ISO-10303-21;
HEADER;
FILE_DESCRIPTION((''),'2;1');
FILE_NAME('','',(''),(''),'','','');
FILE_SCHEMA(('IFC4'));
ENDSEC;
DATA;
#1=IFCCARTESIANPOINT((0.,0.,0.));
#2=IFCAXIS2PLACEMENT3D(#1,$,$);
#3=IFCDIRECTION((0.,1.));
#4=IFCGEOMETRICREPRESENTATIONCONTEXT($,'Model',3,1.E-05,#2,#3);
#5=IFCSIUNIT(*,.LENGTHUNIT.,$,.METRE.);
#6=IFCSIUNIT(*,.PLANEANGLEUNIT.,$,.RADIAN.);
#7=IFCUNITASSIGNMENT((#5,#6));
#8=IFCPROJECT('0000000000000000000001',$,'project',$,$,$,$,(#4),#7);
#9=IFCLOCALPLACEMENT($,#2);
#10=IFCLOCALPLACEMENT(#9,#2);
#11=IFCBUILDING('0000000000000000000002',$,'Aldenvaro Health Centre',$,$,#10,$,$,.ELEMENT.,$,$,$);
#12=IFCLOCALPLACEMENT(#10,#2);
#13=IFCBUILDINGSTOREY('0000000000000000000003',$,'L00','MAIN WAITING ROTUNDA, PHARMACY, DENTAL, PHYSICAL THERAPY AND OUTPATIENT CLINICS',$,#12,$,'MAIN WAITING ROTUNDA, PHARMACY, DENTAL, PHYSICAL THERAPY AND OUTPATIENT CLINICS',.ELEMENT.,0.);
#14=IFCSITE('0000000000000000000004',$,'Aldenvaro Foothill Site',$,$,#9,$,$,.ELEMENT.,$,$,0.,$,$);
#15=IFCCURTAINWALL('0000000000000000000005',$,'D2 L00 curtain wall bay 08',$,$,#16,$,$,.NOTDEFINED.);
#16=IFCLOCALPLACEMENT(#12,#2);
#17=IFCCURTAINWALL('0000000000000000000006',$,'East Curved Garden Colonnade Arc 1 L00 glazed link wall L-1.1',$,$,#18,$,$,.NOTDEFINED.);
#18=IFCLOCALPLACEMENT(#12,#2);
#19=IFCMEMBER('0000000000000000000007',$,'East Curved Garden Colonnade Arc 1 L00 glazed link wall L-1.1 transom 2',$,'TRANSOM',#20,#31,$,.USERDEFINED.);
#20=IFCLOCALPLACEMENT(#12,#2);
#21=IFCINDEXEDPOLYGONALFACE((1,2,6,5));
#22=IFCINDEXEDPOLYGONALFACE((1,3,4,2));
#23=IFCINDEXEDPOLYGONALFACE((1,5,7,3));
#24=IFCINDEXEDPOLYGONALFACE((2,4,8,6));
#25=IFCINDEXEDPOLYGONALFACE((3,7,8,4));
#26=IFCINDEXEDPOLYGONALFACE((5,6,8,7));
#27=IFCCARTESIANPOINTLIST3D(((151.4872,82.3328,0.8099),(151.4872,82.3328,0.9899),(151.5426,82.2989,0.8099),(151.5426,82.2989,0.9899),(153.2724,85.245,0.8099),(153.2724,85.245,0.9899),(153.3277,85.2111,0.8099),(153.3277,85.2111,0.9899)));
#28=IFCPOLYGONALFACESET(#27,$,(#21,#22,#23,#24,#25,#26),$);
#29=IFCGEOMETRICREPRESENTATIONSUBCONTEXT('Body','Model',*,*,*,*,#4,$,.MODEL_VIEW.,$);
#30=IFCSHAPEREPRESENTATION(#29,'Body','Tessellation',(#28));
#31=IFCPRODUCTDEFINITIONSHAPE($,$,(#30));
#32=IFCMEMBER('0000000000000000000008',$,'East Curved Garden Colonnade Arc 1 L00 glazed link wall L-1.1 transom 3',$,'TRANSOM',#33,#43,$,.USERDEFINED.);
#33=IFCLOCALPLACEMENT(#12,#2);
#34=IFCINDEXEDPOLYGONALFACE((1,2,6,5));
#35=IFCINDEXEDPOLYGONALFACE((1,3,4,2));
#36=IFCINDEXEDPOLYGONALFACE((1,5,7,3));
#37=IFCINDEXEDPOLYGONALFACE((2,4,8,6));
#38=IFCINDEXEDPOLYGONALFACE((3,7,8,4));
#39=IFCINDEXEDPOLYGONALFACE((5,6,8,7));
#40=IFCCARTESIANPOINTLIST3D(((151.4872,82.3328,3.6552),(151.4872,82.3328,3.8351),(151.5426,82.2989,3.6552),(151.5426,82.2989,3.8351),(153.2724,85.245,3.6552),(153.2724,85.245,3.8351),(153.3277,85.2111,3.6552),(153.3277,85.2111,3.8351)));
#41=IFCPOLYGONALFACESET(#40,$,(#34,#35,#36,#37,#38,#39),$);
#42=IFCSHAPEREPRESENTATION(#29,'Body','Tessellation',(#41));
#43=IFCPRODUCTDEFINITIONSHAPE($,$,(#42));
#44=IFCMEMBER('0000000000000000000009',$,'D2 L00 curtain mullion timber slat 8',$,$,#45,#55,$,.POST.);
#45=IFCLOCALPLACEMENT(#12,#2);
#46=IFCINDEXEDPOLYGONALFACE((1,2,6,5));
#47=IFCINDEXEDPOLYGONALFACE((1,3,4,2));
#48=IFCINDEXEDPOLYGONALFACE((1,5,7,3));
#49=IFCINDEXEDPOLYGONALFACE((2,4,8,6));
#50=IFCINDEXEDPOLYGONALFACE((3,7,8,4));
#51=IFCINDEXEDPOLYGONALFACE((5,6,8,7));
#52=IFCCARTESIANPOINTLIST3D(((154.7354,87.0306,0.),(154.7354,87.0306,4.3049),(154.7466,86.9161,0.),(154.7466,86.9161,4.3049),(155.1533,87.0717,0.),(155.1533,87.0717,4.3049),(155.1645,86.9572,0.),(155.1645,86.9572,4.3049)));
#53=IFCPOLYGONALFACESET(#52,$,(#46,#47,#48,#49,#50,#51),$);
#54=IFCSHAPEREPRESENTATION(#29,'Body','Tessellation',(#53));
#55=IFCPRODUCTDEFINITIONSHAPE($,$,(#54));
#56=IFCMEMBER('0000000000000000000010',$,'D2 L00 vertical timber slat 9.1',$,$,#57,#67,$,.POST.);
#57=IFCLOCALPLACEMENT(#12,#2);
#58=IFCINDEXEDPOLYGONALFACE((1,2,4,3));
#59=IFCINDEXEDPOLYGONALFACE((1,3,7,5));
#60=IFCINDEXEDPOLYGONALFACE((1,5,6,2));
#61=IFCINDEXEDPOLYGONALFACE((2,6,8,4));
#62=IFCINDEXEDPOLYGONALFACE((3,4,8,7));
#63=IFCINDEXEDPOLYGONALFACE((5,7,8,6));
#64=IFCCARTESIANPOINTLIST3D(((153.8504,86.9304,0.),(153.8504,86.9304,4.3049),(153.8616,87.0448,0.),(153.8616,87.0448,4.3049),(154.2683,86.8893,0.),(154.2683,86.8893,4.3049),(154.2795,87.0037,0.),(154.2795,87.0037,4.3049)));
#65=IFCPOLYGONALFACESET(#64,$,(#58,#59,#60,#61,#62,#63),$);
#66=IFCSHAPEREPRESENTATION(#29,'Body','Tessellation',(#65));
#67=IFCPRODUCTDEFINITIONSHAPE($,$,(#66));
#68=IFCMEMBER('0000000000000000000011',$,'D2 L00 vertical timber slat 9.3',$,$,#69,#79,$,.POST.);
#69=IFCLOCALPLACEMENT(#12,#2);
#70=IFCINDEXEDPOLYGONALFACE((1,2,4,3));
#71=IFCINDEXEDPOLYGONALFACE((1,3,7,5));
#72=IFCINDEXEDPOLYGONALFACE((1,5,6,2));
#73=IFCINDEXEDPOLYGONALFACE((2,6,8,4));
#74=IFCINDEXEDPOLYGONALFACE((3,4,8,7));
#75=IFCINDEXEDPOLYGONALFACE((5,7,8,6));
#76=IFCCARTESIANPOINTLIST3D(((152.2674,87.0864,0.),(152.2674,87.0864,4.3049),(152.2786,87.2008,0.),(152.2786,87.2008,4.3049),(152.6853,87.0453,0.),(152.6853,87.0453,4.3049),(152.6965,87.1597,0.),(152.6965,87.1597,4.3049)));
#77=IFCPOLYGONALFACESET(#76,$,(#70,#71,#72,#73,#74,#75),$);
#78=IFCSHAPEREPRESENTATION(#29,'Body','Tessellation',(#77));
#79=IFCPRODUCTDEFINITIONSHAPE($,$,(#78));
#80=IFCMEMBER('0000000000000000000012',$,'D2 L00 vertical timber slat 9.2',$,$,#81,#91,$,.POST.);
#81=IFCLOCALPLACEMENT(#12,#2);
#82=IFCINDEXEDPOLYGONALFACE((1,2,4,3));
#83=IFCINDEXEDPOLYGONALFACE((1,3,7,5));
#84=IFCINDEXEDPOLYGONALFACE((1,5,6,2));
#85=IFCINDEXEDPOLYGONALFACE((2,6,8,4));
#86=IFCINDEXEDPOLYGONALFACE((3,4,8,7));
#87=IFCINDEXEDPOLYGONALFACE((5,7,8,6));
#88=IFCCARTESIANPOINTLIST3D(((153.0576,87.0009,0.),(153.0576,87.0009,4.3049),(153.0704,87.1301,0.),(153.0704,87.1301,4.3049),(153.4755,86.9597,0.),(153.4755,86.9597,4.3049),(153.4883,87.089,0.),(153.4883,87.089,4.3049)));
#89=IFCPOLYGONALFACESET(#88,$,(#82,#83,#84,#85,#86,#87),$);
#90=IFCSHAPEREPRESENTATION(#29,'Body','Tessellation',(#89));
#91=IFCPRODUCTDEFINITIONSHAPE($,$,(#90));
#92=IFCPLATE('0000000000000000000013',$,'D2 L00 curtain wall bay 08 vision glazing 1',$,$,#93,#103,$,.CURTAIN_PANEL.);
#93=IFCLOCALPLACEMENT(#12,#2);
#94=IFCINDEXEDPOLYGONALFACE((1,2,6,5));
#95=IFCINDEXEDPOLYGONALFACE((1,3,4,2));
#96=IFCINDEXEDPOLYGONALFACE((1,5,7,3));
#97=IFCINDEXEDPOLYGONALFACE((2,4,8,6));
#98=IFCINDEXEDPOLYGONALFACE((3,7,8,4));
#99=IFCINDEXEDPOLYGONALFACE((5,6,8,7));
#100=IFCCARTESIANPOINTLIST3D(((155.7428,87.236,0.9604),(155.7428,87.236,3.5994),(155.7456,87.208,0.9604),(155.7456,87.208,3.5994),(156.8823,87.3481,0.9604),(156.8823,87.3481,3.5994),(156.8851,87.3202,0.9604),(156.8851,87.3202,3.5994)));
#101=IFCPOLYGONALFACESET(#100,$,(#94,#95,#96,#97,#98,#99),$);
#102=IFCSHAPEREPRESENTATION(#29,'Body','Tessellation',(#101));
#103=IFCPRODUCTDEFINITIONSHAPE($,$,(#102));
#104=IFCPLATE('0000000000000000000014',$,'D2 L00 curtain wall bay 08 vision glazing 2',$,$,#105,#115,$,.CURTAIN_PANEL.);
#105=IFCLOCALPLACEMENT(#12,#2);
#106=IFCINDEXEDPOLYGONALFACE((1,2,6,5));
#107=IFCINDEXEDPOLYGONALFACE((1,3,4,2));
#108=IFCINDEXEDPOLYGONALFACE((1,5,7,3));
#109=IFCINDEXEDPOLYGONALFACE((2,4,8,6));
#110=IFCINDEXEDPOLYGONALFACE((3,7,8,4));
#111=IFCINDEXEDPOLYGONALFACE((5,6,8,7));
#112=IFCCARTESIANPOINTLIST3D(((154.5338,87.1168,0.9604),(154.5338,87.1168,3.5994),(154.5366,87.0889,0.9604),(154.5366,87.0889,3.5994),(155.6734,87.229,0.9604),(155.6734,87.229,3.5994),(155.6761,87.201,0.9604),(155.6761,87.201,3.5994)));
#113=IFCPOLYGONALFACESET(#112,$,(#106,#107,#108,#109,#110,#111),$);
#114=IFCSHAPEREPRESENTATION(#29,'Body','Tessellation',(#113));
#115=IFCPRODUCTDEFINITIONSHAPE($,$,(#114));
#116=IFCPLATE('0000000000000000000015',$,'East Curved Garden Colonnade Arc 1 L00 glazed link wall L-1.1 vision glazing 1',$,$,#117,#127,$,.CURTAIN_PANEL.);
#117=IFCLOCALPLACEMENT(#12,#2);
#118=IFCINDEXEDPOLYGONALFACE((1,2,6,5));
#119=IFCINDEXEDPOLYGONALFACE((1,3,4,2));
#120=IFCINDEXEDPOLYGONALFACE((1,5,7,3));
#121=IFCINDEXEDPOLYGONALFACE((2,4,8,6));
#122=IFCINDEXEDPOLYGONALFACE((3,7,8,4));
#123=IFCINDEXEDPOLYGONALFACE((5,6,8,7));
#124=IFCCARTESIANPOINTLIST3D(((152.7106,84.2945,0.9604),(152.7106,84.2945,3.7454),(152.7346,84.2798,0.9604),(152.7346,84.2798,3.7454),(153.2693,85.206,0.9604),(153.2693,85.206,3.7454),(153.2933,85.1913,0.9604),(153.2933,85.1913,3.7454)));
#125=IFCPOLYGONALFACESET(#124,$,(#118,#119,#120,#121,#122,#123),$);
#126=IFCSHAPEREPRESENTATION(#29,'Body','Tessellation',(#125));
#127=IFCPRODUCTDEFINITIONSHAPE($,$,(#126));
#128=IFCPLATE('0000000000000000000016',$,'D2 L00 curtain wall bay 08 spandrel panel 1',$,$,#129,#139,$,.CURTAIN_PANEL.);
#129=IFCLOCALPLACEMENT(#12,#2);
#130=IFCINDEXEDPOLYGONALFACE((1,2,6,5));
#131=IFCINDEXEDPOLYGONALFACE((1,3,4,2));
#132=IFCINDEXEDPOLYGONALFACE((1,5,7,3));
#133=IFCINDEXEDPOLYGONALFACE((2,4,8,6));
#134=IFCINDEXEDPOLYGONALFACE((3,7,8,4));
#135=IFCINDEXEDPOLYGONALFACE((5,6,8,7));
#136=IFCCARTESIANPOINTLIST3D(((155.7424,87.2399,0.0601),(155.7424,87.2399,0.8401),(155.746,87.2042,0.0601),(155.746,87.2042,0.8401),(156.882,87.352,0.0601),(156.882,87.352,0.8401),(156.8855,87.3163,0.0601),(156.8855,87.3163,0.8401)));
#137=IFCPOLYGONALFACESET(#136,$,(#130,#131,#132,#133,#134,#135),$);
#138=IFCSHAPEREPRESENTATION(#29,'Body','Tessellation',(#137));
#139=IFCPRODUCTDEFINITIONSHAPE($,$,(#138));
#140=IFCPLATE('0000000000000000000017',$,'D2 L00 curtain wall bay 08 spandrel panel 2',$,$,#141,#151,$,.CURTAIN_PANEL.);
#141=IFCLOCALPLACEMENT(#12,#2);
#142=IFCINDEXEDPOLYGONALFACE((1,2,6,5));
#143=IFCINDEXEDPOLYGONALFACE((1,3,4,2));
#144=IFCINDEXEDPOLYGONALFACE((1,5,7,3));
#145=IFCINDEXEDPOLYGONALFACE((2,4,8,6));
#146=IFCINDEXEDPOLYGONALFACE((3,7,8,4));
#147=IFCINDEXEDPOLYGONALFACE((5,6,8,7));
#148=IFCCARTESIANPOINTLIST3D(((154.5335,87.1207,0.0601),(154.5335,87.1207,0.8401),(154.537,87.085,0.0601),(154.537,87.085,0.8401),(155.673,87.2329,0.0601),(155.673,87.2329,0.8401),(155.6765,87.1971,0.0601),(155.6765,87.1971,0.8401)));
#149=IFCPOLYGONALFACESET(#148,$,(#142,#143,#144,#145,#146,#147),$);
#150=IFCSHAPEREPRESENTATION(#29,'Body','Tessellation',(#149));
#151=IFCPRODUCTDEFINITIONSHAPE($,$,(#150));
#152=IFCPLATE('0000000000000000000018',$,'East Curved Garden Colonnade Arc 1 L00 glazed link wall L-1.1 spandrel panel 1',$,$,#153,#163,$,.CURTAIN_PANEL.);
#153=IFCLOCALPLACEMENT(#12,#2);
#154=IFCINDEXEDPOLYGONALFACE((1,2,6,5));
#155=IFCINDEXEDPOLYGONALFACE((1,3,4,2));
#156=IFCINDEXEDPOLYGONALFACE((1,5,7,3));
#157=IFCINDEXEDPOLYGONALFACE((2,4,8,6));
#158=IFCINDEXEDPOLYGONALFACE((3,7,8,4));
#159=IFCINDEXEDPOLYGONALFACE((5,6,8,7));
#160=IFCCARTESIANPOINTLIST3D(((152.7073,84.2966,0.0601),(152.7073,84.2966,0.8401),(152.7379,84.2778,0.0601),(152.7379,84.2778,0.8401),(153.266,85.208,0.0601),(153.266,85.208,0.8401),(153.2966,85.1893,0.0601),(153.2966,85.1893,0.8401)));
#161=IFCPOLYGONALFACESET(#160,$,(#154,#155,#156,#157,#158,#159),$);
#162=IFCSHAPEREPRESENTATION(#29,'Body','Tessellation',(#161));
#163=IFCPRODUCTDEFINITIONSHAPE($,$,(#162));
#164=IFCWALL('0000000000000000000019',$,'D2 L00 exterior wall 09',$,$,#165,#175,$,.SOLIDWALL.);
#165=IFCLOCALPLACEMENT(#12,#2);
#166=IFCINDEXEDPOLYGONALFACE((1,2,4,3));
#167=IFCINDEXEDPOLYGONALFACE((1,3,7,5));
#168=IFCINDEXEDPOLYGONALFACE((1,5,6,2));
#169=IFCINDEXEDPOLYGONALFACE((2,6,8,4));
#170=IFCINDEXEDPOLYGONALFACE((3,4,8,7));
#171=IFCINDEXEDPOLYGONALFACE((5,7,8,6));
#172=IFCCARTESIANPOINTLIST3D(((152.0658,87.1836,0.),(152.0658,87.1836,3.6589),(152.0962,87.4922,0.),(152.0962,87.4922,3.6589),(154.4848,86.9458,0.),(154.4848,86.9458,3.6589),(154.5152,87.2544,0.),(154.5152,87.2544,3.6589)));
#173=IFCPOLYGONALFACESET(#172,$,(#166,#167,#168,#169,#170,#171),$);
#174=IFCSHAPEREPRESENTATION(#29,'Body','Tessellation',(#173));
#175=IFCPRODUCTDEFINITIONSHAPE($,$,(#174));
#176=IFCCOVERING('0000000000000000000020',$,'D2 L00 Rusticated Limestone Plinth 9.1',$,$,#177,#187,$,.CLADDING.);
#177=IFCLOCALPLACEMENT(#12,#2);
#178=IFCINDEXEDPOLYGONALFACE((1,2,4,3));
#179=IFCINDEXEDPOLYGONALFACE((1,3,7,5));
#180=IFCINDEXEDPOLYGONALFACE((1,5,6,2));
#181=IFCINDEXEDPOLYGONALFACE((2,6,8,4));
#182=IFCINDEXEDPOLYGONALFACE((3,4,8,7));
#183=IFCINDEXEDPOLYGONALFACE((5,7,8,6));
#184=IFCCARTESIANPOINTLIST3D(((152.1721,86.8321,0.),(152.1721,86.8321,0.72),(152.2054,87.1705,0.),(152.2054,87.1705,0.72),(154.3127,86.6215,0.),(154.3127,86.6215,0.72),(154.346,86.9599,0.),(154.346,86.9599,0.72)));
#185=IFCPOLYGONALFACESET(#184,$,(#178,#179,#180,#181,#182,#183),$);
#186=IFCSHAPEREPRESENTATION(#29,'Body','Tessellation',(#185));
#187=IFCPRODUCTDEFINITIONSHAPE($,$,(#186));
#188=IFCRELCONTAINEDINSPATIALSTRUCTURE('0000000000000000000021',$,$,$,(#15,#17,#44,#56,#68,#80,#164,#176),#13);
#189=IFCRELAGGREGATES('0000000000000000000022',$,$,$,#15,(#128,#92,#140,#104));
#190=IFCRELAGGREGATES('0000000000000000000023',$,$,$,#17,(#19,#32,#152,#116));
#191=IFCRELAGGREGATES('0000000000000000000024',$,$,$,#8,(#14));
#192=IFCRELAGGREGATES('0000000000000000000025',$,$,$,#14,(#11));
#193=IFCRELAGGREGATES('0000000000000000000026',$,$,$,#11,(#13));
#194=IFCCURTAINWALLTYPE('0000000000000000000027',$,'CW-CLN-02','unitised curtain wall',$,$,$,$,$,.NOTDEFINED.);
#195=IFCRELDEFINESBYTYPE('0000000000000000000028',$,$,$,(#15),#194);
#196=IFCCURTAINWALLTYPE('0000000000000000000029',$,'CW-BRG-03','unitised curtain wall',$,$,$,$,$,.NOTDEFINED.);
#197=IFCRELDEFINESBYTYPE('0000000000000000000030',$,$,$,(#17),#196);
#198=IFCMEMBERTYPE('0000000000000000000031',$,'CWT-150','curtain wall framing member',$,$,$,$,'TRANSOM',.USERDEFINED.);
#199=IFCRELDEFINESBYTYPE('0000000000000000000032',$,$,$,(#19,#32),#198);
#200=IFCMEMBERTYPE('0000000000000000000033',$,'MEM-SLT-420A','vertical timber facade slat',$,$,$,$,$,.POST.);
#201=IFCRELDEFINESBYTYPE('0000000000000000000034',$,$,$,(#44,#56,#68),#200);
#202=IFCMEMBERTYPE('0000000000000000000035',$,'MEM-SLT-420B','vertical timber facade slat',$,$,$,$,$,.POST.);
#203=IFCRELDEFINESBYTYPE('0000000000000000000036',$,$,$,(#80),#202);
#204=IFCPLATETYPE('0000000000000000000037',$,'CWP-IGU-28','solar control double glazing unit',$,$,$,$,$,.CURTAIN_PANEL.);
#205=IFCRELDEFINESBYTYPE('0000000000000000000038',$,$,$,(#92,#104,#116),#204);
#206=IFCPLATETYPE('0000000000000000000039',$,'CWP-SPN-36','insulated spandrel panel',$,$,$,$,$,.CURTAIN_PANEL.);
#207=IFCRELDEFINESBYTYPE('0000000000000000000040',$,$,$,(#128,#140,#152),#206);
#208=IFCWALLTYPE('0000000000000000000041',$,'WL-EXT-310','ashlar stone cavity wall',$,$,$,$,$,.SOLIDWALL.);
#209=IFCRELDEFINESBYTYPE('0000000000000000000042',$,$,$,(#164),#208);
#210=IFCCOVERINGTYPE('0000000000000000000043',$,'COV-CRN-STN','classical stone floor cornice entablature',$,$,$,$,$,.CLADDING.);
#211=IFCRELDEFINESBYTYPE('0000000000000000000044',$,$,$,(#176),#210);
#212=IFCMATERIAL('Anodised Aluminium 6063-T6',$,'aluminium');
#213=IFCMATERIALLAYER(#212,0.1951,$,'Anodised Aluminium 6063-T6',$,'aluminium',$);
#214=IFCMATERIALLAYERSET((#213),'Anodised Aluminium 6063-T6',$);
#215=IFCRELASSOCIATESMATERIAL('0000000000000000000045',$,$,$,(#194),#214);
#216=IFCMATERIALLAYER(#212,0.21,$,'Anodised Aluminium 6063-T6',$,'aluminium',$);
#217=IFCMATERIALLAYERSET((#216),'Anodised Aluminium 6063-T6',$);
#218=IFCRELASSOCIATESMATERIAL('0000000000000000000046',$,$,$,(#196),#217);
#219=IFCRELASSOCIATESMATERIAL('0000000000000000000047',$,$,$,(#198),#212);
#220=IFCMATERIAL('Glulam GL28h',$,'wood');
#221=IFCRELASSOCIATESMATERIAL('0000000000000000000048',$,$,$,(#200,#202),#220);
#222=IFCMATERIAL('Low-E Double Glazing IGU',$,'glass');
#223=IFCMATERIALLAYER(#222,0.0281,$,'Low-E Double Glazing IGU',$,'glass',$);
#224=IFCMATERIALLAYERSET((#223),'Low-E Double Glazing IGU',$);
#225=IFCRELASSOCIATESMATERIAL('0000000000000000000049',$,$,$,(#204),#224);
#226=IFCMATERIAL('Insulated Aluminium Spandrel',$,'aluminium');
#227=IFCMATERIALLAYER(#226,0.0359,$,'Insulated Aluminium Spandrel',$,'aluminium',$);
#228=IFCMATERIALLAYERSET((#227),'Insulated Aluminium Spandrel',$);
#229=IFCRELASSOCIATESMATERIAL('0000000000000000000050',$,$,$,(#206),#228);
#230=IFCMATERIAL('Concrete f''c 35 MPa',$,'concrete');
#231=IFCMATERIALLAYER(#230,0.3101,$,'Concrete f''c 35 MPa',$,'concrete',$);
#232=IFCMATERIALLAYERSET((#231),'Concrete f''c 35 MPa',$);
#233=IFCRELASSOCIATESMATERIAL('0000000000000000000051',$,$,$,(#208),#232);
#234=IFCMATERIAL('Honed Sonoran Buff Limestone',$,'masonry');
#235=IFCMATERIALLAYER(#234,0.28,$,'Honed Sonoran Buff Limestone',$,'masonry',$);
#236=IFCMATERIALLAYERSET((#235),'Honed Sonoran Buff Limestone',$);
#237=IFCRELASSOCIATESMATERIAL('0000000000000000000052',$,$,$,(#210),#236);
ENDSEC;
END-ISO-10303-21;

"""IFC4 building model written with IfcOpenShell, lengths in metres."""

from ifc_helpers import new_model, si_unit, direction, frame, frame_2d, origin, origin_2d, place, context, subcontext, project, spatial, rectangle, extrude, material, layer, layer_set, material_profile, profile_set, type_object, element, aggregate, save


model = new_model("IFC4")

# Units and contexts
model_context = context("Model", 3, precision=1e-05, world=origin(), true_north=direction((0.0, 1.0)))
body_context = subcontext(model_context, "Body", "Model", "MODEL_VIEW")
ifc_project = project(units=[si_unit("LENGTHUNIT", "METRE"), si_unit("PLANEANGLEUNIT", "RADIAN")], contexts=[model_context])

# Site, building, storey
site_placement = place(None, origin())
site = spatial("IfcSite", under=ifc_project, at=site_placement, Name="Aldenvaro Foothill Site", CompositionType="ELEMENT", RefElevation=0.0)
building_placement = place(site_placement, origin())
building = spatial("IfcBuilding", under=site, at=building_placement, Name="Aldenvaro Health Centre", CompositionType="ELEMENT")
storey_placement = place(building_placement, origin())
storey = spatial("IfcBuildingStorey", under=building, at=storey_placement, Name="L00", Description="MAIN WAITING ROTUNDA, PHARMACY, DENTAL, PHYSICAL THERAPY AND OUTPATIENT CLINICS", LongName="MAIN WAITING ROTUNDA, PHARMACY, DENTAL, PHYSICAL THERAPY AND OUTPATIENT CLINICS", CompositionType="ELEMENT", Elevation=0.0)

# Shared definitions
ifc_material_1 = material(Name="Glulam GL28h", Category="wood")

# Curtain walls, members
ifc_material_2 = material(Name="Anodised Aluminium 6063-T6", Category="aluminium")
ifc_layer_1 = layer(ifc_material_2, 0.1951, Name="Anodised Aluminium 6063-T6", Category="aluminium")
ifc_layer_set_1 = layer_set([ifc_layer_1], Name="Anodised Aluminium 6063-T6")
curtain_wall_type_1 = type_object("IfcCurtainWallType", Name="CW-CLN-02", Description="unitised curtain wall", PredefinedType="NOTDEFINED", material=ifc_layer_set_1)
curtain_wall_1_placement = place(storey_placement, origin())
curtain_wall_1 = element("IfcCurtainWall", 1, at=curtain_wall_1_placement, inside=storey, type_object=curtain_wall_type_1, Name="D2 L00 curtain wall bay 08", PredefinedType="NOTDEFINED")
ifc_layer_2 = layer(ifc_material_2, 0.21, Name="Anodised Aluminium 6063-T6", Category="aluminium")
ifc_layer_set_2 = layer_set([ifc_layer_2], Name="Anodised Aluminium 6063-T6")
curtain_wall_type_2 = type_object("IfcCurtainWallType", Name="CW-BRG-03", Description="unitised curtain wall", PredefinedType="NOTDEFINED", material=ifc_layer_set_2)
curtain_wall_2_placement = place(storey_placement, origin())
curtain_wall_2 = element("IfcCurtainWall", 2, at=curtain_wall_2_placement, inside=storey, type_object=curtain_wall_type_2, Name="East Curved Garden Colonnade Arc 1 L00 glazed link wall L-1.1", PredefinedType="NOTDEFINED")
ifc_material_profile_1 = material_profile(ifc_material_2, rectangle(XDim=0.0649, YDim=0.1799, at=origin_2d()), Name="ALU 65x180", Category="aluminium")
ifc_profile_set_1 = profile_set([ifc_material_profile_1], Name="Anodised Aluminium 6063-T6")
member_type_1 = type_object("IfcMemberType", Name="CWT-150", Description="curtain wall framing member", ElementType="TRANSOM", PredefinedType="USERDEFINED", material=ifc_profile_set_1)
member_1_placement = place(storey_placement, frame((153.3, 85.228, 0.8999), z_axis=(-0.522629, -0.85256, 0.0), x_axis=(0.85256, -0.522629, 0.0)))
member_1 = element("IfcMember", 3, at=member_1_placement, type_object=member_type_1, Name="East Curved Garden Colonnade Arc 1 L00 glazed link wall L-1.1 transom 2", ObjectType="TRANSOM", PredefinedType="USERDEFINED", context=body_context, shape_type="SweptSolid", body=[
    extrude(rectangle(XDim=0.0649, YDim=0.1799, at=origin_2d()), origin(), (0.0, 0.0, 1.0), 3.4158),
])
member_2_placement = place(storey_placement, frame((153.3, 85.228, 3.7451), z_axis=(-0.522629, -0.85256, 0.0), x_axis=(0.85256, -0.522629, 0.0)))
member_2 = element("IfcMember", 4, at=member_2_placement, type_object=member_type_1, Name="East Curved Garden Colonnade Arc 1 L00 glazed link wall L-1.1 transom 3", ObjectType="TRANSOM", PredefinedType="USERDEFINED", context=body_context, shape_type="SweptSolid", body=[
    extrude(rectangle(XDim=0.0649, YDim=0.1799, at=origin_2d()), origin(), (0.0, 0.0, 1.0), 3.4158),
])

# Members
ifc_material_profile_2 = material_profile(ifc_material_1, rectangle(XDim=0.115, YDim=0.4199, at=origin_2d()), Name="GL 115x420", Category="wood")
ifc_profile_set_2 = profile_set([ifc_material_profile_2], Name="Glulam GL28h")
member_type_2 = type_object("IfcMemberType", Name="MEM-SLT-420A", Description="vertical timber facade slat", PredefinedType="POST", material=ifc_profile_set_2)
for number, where, z_axis, x_axis, name in (
    (5, (154.95, 86.9939, 0.0), (0.0, 0.0, 1.0), (0.097915, -0.995195, 0.0), "D2 L00 curtain mullion timber slat 8"),
    (6, (154.0649, 86.967, 0.0), (0.0, 0.0, 1.0), (-0.097915, -0.995195, 0.0), "D2 L00 vertical timber slat 9.1"),
    (7, (152.4819, 87.123, 0.0), (0.0, 0.0, 1.0), (-0.097915, -0.995195, 0.0), "D2 L00 vertical timber slat 9.3"),
):
    element("IfcMember", number, at=place(storey_placement, frame(where, z_axis=z_axis, x_axis=x_axis)), inside=storey, type_object=member_type_2, Name=name, PredefinedType="POST", context=body_context, shape_type="SweptSolid", body=[
        extrude(rectangle(XDim=0.115, YDim=0.4199, at=origin_2d()), origin(), (0.0, 0.0, 1.0), 4.3049),
    ])
ifc_material_profile_3 = material_profile(ifc_material_1, rectangle(XDim=0.1299, YDim=0.4199, at=origin_2d()), Name="GL 130x420", Category="wood")
ifc_profile_set_3 = profile_set([ifc_material_profile_3], Name="Glulam GL28h")
member_type_3 = type_object("IfcMemberType", Name="MEM-SLT-420B", Description="vertical timber facade slat", PredefinedType="POST", material=ifc_profile_set_3)
member_3_placement = place(storey_placement, frame((153.2729, 87.0449, 0.0), z_axis=(0.0, 0.0, 1.0), x_axis=(-0.097915, -0.995195, 0.0)))
element("IfcMember", 8, at=member_3_placement, inside=storey, type_object=member_type_3, Name="D2 L00 vertical timber slat 9.2", PredefinedType="POST", context=body_context, shape_type="SweptSolid", body=[
    extrude(rectangle(XDim=0.1299, YDim=0.4199, at=origin_2d()), origin(), (0.0, 0.0, 1.0), 4.3049),
])

# Plates
ifc_material_3 = material(Name="Low-E Double Glazing IGU", Category="glass")
ifc_layer_3 = layer(ifc_material_3, 0.0281, Name="Low-E Double Glazing IGU", Category="glass")
ifc_layer_set_3 = layer_set([ifc_layer_3], Name="Low-E Double Glazing IGU")
plate_type_1 = type_object("IfcPlateType", Name="CWP-IGU-28", Description="solar control double glazing unit", PredefinedType="CURTAIN_PANEL", material=ifc_layer_set_3)
plate_1_placement = place(storey_placement, frame((156.314, 87.2781, 0.9604), z_axis=(0.0, 0.0, 1.0), x_axis=(-0.995195, -0.097915, 0.0)))
plate_1 = element("IfcPlate", 9, at=plate_1_placement, type_object=plate_type_1, Name="D2 L00 curtain wall bay 08 vision glazing 1", PredefinedType="CURTAIN_PANEL", context=body_context, shape_type="SweptSolid", body=[
    extrude(rectangle(XDim=1.145, YDim=0.0281, at=origin_2d()), origin(), (0.0, 0.0, 1.0), 2.6389),
])
plate_2_placement = place(storey_placement, frame((155.105, 87.1589, 0.9604), z_axis=(0.0, 0.0, 1.0), x_axis=(-0.995195, -0.097915, 0.0)))
plate_2 = element("IfcPlate", 10, at=plate_2_placement, type_object=plate_type_1, Name="D2 L00 curtain wall bay 08 vision glazing 2", PredefinedType="CURTAIN_PANEL", context=body_context, shape_type="SweptSolid", body=[
    extrude(rectangle(XDim=1.145, YDim=0.0281, at=origin_2d()), origin(), (0.0, 0.0, 1.0), 2.6389),
])
plate_3_placement = place(storey_placement, frame((153.002, 84.7429, 0.9604), z_axis=(0.0, 0.0, 1.0), x_axis=(-0.52261, -0.852572, 0.0)))
plate_3 = element("IfcPlate", 11, at=plate_3_placement, type_object=plate_type_1, Name="East Curved Garden Colonnade Arc 1 L00 glazed link wall L-1.1 vision glazing 1", PredefinedType="CURTAIN_PANEL", context=body_context, shape_type="SweptSolid", body=[
    extrude(rectangle(XDim=1.0691, YDim=0.0281, at=origin_2d()), origin(), (0.0, 0.0, 1.0), 2.7849),
])
ifc_material_4 = material(Name="Insulated Aluminium Spandrel", Category="aluminium")
ifc_layer_4 = layer(ifc_material_4, 0.0359, Name="Insulated Aluminium Spandrel", Category="aluminium")
ifc_layer_set_4 = layer_set([ifc_layer_4], Name="Insulated Aluminium Spandrel")
plate_type_2 = type_object("IfcPlateType", Name="CWP-SPN-36", Description="insulated spandrel panel", PredefinedType="CURTAIN_PANEL", material=ifc_layer_set_4)
plate_4_placement = place(storey_placement, frame((156.314, 87.2781, 0.0601), z_axis=(0.0, 0.0, 1.0), x_axis=(-0.995195, -0.097915, 0.0)))
plate_4 = element("IfcPlate", 12, at=plate_4_placement, type_object=plate_type_2, Name="D2 L00 curtain wall bay 08 spandrel panel 1", PredefinedType="CURTAIN_PANEL", context=body_context, shape_type="SweptSolid", body=[
    extrude(rectangle(XDim=1.145, YDim=0.0359, at=origin_2d()), origin(), (0.0, 0.0, 1.0), 0.78),
])
plate_5_placement = place(storey_placement, frame((155.105, 87.1589, 0.0601), z_axis=(0.0, 0.0, 1.0), x_axis=(-0.995195, -0.097915, 0.0)))
plate_5 = element("IfcPlate", 13, at=plate_5_placement, type_object=plate_type_2, Name="D2 L00 curtain wall bay 08 spandrel panel 2", PredefinedType="CURTAIN_PANEL", context=body_context, shape_type="SweptSolid", body=[
    extrude(rectangle(XDim=1.145, YDim=0.0359, at=origin_2d()), origin(), (0.0, 0.0, 1.0), 0.78),
])
aggregate(curtain_wall_1, [plate_4, plate_1, plate_5, plate_2])
plate_6_placement = place(storey_placement, frame((153.002, 84.7429, 0.0601), z_axis=(0.0, 0.0, 1.0), x_axis=(-0.52261, -0.852572, 0.0)))
plate_6 = element("IfcPlate", 14, at=plate_6_placement, type_object=plate_type_2, Name="East Curved Garden Colonnade Arc 1 L00 glazed link wall L-1.1 spandrel panel 1", PredefinedType="CURTAIN_PANEL", context=body_context, shape_type="SweptSolid", body=[
    extrude(rectangle(XDim=1.0691, YDim=0.0359, at=origin_2d()), origin(), (0.0, 0.0, 1.0), 0.78),
])
aggregate(curtain_wall_2, [member_1, member_2, plate_6, plate_3])

# Wall
ifc_material_5 = material(Name="Concrete f'c 35 MPa", Category="concrete")
ifc_layer_5 = layer(ifc_material_5, 0.3101, Name="Concrete f'c 35 MPa", Category="concrete")
ifc_layer_set_5 = layer_set([ifc_layer_5], Name="Concrete f'c 35 MPa")
wall_type = type_object("IfcWallType", Name="WL-EXT-310", Description="ashlar stone cavity wall", PredefinedType="SOLIDWALL", material=ifc_layer_set_5)
wall_placement = place(storey_placement, frame((154.5, 87.1001, 0.0), z_axis=(0.0, 0.0, 1.0), x_axis=(-0.995203, 0.097833, 0.0)))
element("IfcWall", 15, at=wall_placement, inside=storey, type_object=wall_type, Name="D2 L00 exterior wall 09", PredefinedType="SOLIDWALL", context=body_context, shape_type="SweptSolid", body=[
    extrude(rectangle(XDim=2.4307, YDim=0.3101, at=frame_2d((1.2153, 0.0))), origin(), (0.0, 0.0, 1.0), 3.6589),
])

# Covering
ifc_material_6 = material(Name="Honed Sonoran Buff Limestone", Category="masonry")
ifc_layer_6 = layer(ifc_material_6, 0.28, Name="Honed Sonoran Buff Limestone", Category="masonry")
ifc_layer_set_6 = layer_set([ifc_layer_6], Name="Honed Sonoran Buff Limestone")
covering_type = type_object("IfcCoveringType", Name="COV-CRN-STN", Description="classical stone floor cornice entablature", PredefinedType="CLADDING", material=ifc_layer_set_6)
covering_1_placement = place(storey_placement, frame((153.259, 86.896, 0.0), z_axis=(0.0, 0.0, 1.0), x_axis=(-0.995195, 0.097915, 0.0)))
element("IfcCovering", 16, at=covering_1_placement, inside=storey, type_object=covering_type, Name="D2 L00 Rusticated Limestone Plinth 9.1", PredefinedType="CLADDING", context=body_context, shape_type="SweptSolid", body=[
    extrude(rectangle(XDim=2.1509, YDim=0.3401, at=origin_2d()), origin(), (0.0, 0.0, 1.0), 0.72),
])

save(model, "model.ifc")
